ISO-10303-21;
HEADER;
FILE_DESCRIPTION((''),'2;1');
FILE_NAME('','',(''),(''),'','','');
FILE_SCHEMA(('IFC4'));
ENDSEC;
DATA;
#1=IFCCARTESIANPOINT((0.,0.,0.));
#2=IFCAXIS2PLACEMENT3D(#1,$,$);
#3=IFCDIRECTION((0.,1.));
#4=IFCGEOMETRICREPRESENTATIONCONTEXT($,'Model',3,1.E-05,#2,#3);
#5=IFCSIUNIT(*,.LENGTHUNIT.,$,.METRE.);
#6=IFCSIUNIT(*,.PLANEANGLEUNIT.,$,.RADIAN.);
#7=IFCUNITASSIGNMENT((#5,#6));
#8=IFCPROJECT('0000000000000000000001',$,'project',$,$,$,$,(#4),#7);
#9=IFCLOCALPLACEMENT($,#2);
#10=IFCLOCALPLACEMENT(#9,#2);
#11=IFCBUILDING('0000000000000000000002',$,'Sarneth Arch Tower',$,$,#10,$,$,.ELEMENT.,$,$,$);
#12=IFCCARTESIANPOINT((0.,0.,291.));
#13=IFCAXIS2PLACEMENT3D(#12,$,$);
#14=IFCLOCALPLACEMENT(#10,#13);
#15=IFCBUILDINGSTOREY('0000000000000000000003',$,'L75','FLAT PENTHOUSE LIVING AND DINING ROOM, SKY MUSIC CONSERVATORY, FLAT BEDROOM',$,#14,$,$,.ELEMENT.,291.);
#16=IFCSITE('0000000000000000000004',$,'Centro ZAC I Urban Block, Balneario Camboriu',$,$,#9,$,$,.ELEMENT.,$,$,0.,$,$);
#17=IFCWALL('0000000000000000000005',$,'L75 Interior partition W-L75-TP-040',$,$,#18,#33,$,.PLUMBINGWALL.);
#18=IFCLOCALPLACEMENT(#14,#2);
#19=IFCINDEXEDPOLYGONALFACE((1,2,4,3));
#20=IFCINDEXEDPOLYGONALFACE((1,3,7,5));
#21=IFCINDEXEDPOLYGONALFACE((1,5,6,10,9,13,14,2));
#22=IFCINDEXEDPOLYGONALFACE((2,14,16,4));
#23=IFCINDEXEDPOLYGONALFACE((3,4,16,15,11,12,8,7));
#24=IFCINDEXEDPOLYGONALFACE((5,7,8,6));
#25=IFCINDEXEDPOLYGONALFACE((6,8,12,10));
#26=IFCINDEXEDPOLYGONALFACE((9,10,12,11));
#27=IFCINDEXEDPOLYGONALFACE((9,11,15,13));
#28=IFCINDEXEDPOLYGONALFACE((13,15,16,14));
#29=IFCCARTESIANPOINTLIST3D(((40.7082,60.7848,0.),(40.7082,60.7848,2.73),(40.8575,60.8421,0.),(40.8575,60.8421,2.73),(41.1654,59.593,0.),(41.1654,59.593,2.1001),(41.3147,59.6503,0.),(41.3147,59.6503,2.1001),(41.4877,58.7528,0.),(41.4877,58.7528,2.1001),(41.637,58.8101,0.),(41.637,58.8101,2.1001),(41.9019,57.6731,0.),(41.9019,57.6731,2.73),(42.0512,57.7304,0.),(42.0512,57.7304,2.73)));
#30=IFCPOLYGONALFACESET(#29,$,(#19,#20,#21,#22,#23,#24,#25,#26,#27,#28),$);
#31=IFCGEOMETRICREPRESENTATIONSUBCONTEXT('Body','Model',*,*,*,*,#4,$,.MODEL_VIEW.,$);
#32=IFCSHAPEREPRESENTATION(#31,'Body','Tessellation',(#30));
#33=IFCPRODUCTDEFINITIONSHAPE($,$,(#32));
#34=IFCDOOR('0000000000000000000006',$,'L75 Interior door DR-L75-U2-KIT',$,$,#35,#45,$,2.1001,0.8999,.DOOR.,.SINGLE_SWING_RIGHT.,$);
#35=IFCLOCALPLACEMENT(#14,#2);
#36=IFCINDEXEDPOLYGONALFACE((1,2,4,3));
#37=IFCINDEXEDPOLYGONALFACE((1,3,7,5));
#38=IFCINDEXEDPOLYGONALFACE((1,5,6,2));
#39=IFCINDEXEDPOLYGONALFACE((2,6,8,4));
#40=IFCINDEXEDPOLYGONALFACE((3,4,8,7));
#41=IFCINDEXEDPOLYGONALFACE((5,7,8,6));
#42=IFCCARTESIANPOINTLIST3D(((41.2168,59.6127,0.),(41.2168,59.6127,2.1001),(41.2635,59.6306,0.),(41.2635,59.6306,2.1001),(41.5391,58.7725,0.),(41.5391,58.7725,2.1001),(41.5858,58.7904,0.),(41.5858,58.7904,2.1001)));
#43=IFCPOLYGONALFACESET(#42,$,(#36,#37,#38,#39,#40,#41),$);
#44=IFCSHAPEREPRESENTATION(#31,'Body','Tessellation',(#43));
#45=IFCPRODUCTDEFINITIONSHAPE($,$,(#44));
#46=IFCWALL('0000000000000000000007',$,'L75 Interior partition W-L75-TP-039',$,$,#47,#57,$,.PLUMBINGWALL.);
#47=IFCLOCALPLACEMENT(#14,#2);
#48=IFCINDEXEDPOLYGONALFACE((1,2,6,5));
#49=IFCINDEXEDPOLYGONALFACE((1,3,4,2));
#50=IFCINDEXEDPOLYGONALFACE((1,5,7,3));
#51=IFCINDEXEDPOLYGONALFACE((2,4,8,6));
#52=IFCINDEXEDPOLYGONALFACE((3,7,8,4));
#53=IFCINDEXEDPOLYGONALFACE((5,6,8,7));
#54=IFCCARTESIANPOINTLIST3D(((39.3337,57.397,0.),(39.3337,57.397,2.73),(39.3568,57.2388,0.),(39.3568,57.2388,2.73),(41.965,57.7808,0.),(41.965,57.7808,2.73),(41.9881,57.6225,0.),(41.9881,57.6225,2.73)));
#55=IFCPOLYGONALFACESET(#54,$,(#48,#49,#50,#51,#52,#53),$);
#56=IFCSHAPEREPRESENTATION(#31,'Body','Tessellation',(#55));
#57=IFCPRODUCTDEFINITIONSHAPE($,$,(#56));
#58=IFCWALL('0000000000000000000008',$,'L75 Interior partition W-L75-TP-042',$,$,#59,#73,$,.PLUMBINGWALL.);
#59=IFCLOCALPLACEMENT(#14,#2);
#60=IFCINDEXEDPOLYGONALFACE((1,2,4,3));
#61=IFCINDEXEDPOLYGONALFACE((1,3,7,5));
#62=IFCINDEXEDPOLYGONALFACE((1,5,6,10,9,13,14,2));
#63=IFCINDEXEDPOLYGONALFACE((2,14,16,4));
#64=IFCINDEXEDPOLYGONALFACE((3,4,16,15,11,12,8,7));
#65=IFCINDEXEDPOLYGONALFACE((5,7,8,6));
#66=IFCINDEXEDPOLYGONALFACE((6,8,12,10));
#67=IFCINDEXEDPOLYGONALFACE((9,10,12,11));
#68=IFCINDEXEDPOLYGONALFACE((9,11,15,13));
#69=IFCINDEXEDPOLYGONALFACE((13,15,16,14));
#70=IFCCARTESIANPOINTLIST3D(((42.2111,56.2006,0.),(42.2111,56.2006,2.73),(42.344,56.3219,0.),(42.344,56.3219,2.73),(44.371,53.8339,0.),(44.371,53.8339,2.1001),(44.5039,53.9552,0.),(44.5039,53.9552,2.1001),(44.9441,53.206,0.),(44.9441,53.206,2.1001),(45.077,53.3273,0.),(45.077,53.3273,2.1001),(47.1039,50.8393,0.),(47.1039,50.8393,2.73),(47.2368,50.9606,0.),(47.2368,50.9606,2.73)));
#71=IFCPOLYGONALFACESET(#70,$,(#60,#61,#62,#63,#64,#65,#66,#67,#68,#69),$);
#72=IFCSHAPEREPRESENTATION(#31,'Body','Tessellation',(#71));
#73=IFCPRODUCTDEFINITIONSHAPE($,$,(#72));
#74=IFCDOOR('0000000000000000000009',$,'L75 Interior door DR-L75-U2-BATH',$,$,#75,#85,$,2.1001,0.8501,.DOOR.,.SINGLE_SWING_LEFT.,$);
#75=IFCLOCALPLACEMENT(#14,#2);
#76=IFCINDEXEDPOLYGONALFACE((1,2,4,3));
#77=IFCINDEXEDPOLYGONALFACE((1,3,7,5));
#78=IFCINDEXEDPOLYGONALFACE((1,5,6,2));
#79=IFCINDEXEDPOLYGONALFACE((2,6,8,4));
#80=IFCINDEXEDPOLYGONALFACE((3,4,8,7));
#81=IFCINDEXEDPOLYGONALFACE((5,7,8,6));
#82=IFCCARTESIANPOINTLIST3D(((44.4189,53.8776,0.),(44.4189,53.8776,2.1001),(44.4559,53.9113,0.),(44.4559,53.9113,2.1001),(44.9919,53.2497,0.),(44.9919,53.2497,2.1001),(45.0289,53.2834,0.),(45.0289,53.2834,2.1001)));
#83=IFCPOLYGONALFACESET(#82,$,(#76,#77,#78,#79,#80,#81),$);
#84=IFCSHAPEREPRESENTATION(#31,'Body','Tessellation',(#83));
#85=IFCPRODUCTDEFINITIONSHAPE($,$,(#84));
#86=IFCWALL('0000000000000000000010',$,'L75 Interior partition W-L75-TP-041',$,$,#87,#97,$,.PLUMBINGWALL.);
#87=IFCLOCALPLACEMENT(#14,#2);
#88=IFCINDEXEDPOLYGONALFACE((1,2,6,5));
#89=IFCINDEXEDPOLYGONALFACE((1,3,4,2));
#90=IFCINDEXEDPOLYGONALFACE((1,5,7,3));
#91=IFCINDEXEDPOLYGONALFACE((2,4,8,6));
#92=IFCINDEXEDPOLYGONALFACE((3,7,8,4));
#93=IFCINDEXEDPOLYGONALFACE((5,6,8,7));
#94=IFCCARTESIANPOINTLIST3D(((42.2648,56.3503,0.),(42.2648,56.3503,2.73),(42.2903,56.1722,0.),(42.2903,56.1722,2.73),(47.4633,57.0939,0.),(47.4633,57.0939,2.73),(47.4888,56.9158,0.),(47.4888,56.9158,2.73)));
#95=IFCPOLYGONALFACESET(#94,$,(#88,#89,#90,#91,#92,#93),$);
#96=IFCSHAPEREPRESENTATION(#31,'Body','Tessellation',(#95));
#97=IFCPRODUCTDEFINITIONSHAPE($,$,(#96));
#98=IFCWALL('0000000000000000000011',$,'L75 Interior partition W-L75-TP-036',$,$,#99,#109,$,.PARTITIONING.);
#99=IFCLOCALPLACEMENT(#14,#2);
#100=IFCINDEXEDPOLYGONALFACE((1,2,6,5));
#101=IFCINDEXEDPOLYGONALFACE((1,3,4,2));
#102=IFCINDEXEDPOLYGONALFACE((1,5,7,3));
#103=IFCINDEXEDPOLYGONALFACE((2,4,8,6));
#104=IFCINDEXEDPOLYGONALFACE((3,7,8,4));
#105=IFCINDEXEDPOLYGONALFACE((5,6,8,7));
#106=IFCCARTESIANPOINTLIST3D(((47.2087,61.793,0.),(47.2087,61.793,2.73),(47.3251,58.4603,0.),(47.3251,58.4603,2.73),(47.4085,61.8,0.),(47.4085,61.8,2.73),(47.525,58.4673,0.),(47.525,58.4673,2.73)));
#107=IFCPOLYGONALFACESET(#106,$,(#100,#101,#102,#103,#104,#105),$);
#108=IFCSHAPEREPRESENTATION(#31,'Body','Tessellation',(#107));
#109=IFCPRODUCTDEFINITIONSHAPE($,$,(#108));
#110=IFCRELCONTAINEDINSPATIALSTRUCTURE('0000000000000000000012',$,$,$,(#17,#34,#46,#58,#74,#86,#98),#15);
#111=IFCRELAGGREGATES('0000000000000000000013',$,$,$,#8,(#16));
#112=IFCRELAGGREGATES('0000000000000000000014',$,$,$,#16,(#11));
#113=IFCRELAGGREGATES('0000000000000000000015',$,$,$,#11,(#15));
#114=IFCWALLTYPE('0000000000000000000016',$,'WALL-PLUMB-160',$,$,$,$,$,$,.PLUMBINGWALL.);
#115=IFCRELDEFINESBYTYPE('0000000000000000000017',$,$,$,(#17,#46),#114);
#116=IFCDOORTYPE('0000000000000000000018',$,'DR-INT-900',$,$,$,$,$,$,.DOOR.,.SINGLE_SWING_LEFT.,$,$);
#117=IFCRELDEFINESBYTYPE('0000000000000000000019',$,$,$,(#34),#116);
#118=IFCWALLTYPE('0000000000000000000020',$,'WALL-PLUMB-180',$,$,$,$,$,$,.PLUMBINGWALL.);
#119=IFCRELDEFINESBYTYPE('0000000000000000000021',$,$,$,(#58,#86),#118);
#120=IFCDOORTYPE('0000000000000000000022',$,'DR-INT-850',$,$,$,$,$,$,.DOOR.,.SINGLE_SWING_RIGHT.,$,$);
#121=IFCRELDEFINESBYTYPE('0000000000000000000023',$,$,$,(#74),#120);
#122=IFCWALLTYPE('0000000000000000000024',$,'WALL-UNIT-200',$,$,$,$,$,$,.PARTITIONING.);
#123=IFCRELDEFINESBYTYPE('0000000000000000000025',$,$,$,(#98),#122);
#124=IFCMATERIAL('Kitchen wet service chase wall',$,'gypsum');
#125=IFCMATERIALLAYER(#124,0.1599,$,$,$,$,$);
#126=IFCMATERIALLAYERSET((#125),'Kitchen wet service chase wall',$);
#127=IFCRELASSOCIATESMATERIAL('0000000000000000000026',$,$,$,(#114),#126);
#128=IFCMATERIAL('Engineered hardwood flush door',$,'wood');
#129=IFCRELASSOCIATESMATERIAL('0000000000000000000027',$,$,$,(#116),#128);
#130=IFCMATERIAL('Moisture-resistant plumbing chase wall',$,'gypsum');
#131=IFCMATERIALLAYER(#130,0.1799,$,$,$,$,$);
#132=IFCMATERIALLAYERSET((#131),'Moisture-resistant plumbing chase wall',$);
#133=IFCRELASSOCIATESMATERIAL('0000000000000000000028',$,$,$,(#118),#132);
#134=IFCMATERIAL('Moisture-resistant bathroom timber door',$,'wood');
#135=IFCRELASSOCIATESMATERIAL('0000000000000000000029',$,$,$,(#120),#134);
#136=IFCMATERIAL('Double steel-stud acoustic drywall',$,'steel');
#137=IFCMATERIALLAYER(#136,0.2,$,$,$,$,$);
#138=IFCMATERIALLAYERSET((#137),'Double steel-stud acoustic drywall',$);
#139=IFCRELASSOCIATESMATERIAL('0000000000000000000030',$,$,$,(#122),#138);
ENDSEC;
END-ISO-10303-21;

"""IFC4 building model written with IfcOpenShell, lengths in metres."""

from ifc_helpers import new_model, si_unit, direction, frame, frame_2d, origin, place, context, subcontext, project, spatial, rectangle, extrude, material, layer, layer_set, type_object, element, fill, save


model = new_model("IFC4")

# Units and contexts
model_context = context("Model", 3, precision=1e-05, world=origin(), true_north=direction((0.0, 1.0)))
body_context = subcontext(model_context, "Body", "Model", "MODEL_VIEW")
ifc_project = project(units=[si_unit("LENGTHUNIT", "METRE"), si_unit("PLANEANGLEUNIT", "RADIAN")], contexts=[model_context])

# Site, building, storey
site_placement = place(None, origin())
site = spatial("IfcSite", under=ifc_project, at=site_placement, Name="Centro ZAC I Urban Block, Balneario Camboriu", CompositionType="ELEMENT", RefElevation=0.0)
building_placement = place(site_placement, origin())
building = spatial("IfcBuilding", under=site, at=building_placement, Name="Sarneth Arch Tower", CompositionType="ELEMENT")
storey_placement = place(building_placement, frame((0.0, 0.0, 291.0)))
storey = spatial("IfcBuildingStorey", under=building, at=storey_placement, Name="L75", Description="FLAT PENTHOUSE LIVING AND DINING ROOM, SKY MUSIC CONSERVATORY, FLAT BEDROOM", CompositionType="ELEMENT", Elevation=291.0)

# Shared definitions
ifc_material_1 = material(Name="Kitchen wet service chase wall", Category="gypsum")
ifc_layer_1 = layer(ifc_material_1, 0.1599)
ifc_layer_set_1 = layer_set([ifc_layer_1], Name="Kitchen wet service chase wall")
wall_type_1 = type_object("IfcWallType", Name="WALL-PLUMB-160", PredefinedType="PLUMBINGWALL", material=ifc_layer_set_1)

# Wall, opening, door
wall_1_placement = place(storey_placement, frame((41.9766, 57.7017, 0.0), z_axis=(0.0, 0.0, 1.0), x_axis=(-0.358154, 0.933662, 0.0)))
wall_1 = element("IfcWall", 1, at=wall_1_placement, inside=storey, type_object=wall_type_1, Name="L75 Interior partition W-L75-TP-040", PredefinedType="PLUMBINGWALL", context=body_context, shape_type="SweptSolid", body=[
    extrude(rectangle(XDim=3.3328, YDim=0.1599, at=frame_2d((1.6665, 0.0))), origin(), (0.0, 0.0, 1.0), 2.73),
])
opening_1_placement = place(wall_1_placement, frame((1.1565, 0.0, 0.0)))
opening_1 = element("IfcOpeningElement", 2, at=opening_1_placement, cuts=wall_1, PredefinedType="OPENING", context=body_context, shape_type="SweptSolid", body=[
    extrude(rectangle(XDim=0.8999, YDim=2.1001, at=frame_2d((0.45, 1.05))), frame((0.0, 0.0898, 0.0), z_axis=(0.0, -1.0, 0.0), x_axis=(1.0, 0.0, 0.0)), (0.0, 0.0, 1.0), 0.1799),
])
ifc_material_2 = material(Name="Engineered hardwood flush door", Category="wood")
door_type_1 = type_object("IfcDoorType", Name="DR-INT-900", OperationType="SINGLE_SWING_LEFT", PredefinedType="DOOR", material=ifc_material_2)
door_1_placement = place(opening_1_placement, origin())
door_1 = element("IfcDoor", 3, at=door_1_placement, inside=storey, type_object=door_type_1, Name="L75 Interior door DR-L75-U2-KIT", OperationType="SINGLE_SWING_RIGHT", OverallHeight=2.1001, OverallWidth=0.8999, PredefinedType="DOOR", context=body_context, shape_type="SweptSolid", body=[
    extrude(rectangle(XDim=0.8999, YDim=2.1001, at=frame_2d((0.45, 1.05))), frame((0.0, 0.0249, 0.0), z_axis=(0.0, -1.0, 0.0), x_axis=(1.0, 0.0, 0.0)), (0.0, 0.0, 1.0), 0.05),
])
fill(opening_1, door_1)

# Wall
wall_2_placement = place(storey_placement, frame((39.3452, 57.3179, 0.0), z_axis=(0.0, 0.0, 1.0), x_axis=(0.98953, 0.144326, 0.0)))
element("IfcWall", 4, at=wall_2_placement, inside=storey, type_object=wall_type_1, Name="L75 Interior partition W-L75-TP-039", PredefinedType="PLUMBINGWALL", context=body_context, shape_type="SweptSolid", body=[
    extrude(rectangle(XDim=2.6592, YDim=0.1599, at=frame_2d((1.3296, 0.0))), origin(), (0.0, 0.0, 1.0), 2.73),
])

# Wall, opening, door
ifc_material_3 = material(Name="Moisture-resistant plumbing chase wall", Category="gypsum")
ifc_layer_2 = layer(ifc_material_3, 0.1799)
ifc_layer_set_2 = layer_set([ifc_layer_2], Name="Moisture-resistant plumbing chase wall")
wall_type_2 = type_object("IfcWallType", Name="WALL-PLUMB-180", PredefinedType="PLUMBINGWALL", material=ifc_layer_set_2)
wall_3_placement = place(storey_placement, frame((42.2776, 56.2612, 0.0), z_axis=(0.0, 0.0, 1.0), x_axis=(0.674096, -0.738643, 0.0)))
wall_3 = element("IfcWall", 5, at=wall_3_placement, inside=storey, type_object=wall_type_2, Name="L75 Interior partition W-L75-TP-042", PredefinedType="PLUMBINGWALL", context=body_context, shape_type="SweptSolid", body=[
    extrude(rectangle(XDim=7.2583, YDim=0.1799, at=frame_2d((3.6292, 0.0))), origin(), (0.0, 0.0, 1.0), 2.73),
])
opening_2_placement = place(wall_3_placement, frame((3.2041, 0.0, 0.0)))
opening_2 = element("IfcOpeningElement", 6, at=opening_2_placement, cuts=wall_3, PredefinedType="OPENING", context=body_context, shape_type="SweptSolid", body=[
    extrude(rectangle(XDim=0.8501, YDim=2.1001, at=frame_2d((0.425, 1.05))), frame((0.0, 0.0999, 0.0), z_axis=(0.0, -1.0, 0.0), x_axis=(1.0, 0.0, 0.0)), (0.0, 0.0, 1.0), 0.2),
])
ifc_material_4 = material(Name="Moisture-resistant bathroom timber door", Category="wood")
door_type_2 = type_object("IfcDoorType", Name="DR-INT-850", OperationType="SINGLE_SWING_RIGHT", PredefinedType="DOOR", material=ifc_material_4)
door_2_placement = place(opening_2_placement, origin())
door_2 = element("IfcDoor", 7, at=door_2_placement, inside=storey, type_object=door_type_2, Name="L75 Interior door DR-L75-U2-BATH", OperationType="SINGLE_SWING_LEFT", OverallHeight=2.1001, OverallWidth=0.8501, PredefinedType="DOOR", context=body_context, shape_type="SweptSolid", body=[
    extrude(rectangle(XDim=0.8501, YDim=2.1001, at=frame_2d((0.425, 1.05))), frame((0.0, 0.0249, 0.0), z_axis=(0.0, -1.0, 0.0), x_axis=(1.0, 0.0, 0.0)), (0.0, 0.0, 1.0), 0.05),
])
fill(opening_2, door_2)

# Walls
wall_4_placement = place(storey_placement, frame((47.4761, 57.0049, 0.0), z_axis=(0.0, 0.0, 1.0), x_axis=(-0.989923, -0.14161, 0.0)))
element("IfcWall", 8, at=wall_4_placement, inside=storey, type_object=wall_type_2, Name="L75 Interior partition W-L75-TP-041", PredefinedType="PLUMBINGWALL", context=body_context, shape_type="SweptSolid", body=[
    extrude(rectangle(XDim=5.2515, YDim=0.1799, at=frame_2d((2.6257, 0.0))), origin(), (0.0, 0.0, 1.0), 2.73),
])
ifc_material_5 = material(Name="Double steel-stud acoustic drywall", Category="steel")
ifc_layer_3 = layer(ifc_material_5, 0.2)
ifc_layer_set_3 = layer_set([ifc_layer_3], Name="Double steel-stud acoustic drywall")
wall_type_3 = type_object("IfcWallType", Name="WALL-UNIT-200", PredefinedType="PARTITIONING", material=ifc_layer_set_3)
wall_5_placement = place(storey_placement, frame((47.3086, 61.7966, 0.0), z_axis=(0.0, 0.0, 1.0), x_axis=(0.034921, -0.99939, 0.0)))
element("IfcWall", 9, at=wall_5_placement, inside=storey, type_object=wall_type_3, Name="L75 Interior partition W-L75-TP-036", PredefinedType="PARTITIONING", context=body_context, shape_type="SweptSolid", body=[
    extrude(rectangle(XDim=3.3347, YDim=0.2, at=frame_2d((1.6675, 0.0))), origin(), (0.0, 0.0, 1.0), 2.73),
])

save(model, "model.ifc")
